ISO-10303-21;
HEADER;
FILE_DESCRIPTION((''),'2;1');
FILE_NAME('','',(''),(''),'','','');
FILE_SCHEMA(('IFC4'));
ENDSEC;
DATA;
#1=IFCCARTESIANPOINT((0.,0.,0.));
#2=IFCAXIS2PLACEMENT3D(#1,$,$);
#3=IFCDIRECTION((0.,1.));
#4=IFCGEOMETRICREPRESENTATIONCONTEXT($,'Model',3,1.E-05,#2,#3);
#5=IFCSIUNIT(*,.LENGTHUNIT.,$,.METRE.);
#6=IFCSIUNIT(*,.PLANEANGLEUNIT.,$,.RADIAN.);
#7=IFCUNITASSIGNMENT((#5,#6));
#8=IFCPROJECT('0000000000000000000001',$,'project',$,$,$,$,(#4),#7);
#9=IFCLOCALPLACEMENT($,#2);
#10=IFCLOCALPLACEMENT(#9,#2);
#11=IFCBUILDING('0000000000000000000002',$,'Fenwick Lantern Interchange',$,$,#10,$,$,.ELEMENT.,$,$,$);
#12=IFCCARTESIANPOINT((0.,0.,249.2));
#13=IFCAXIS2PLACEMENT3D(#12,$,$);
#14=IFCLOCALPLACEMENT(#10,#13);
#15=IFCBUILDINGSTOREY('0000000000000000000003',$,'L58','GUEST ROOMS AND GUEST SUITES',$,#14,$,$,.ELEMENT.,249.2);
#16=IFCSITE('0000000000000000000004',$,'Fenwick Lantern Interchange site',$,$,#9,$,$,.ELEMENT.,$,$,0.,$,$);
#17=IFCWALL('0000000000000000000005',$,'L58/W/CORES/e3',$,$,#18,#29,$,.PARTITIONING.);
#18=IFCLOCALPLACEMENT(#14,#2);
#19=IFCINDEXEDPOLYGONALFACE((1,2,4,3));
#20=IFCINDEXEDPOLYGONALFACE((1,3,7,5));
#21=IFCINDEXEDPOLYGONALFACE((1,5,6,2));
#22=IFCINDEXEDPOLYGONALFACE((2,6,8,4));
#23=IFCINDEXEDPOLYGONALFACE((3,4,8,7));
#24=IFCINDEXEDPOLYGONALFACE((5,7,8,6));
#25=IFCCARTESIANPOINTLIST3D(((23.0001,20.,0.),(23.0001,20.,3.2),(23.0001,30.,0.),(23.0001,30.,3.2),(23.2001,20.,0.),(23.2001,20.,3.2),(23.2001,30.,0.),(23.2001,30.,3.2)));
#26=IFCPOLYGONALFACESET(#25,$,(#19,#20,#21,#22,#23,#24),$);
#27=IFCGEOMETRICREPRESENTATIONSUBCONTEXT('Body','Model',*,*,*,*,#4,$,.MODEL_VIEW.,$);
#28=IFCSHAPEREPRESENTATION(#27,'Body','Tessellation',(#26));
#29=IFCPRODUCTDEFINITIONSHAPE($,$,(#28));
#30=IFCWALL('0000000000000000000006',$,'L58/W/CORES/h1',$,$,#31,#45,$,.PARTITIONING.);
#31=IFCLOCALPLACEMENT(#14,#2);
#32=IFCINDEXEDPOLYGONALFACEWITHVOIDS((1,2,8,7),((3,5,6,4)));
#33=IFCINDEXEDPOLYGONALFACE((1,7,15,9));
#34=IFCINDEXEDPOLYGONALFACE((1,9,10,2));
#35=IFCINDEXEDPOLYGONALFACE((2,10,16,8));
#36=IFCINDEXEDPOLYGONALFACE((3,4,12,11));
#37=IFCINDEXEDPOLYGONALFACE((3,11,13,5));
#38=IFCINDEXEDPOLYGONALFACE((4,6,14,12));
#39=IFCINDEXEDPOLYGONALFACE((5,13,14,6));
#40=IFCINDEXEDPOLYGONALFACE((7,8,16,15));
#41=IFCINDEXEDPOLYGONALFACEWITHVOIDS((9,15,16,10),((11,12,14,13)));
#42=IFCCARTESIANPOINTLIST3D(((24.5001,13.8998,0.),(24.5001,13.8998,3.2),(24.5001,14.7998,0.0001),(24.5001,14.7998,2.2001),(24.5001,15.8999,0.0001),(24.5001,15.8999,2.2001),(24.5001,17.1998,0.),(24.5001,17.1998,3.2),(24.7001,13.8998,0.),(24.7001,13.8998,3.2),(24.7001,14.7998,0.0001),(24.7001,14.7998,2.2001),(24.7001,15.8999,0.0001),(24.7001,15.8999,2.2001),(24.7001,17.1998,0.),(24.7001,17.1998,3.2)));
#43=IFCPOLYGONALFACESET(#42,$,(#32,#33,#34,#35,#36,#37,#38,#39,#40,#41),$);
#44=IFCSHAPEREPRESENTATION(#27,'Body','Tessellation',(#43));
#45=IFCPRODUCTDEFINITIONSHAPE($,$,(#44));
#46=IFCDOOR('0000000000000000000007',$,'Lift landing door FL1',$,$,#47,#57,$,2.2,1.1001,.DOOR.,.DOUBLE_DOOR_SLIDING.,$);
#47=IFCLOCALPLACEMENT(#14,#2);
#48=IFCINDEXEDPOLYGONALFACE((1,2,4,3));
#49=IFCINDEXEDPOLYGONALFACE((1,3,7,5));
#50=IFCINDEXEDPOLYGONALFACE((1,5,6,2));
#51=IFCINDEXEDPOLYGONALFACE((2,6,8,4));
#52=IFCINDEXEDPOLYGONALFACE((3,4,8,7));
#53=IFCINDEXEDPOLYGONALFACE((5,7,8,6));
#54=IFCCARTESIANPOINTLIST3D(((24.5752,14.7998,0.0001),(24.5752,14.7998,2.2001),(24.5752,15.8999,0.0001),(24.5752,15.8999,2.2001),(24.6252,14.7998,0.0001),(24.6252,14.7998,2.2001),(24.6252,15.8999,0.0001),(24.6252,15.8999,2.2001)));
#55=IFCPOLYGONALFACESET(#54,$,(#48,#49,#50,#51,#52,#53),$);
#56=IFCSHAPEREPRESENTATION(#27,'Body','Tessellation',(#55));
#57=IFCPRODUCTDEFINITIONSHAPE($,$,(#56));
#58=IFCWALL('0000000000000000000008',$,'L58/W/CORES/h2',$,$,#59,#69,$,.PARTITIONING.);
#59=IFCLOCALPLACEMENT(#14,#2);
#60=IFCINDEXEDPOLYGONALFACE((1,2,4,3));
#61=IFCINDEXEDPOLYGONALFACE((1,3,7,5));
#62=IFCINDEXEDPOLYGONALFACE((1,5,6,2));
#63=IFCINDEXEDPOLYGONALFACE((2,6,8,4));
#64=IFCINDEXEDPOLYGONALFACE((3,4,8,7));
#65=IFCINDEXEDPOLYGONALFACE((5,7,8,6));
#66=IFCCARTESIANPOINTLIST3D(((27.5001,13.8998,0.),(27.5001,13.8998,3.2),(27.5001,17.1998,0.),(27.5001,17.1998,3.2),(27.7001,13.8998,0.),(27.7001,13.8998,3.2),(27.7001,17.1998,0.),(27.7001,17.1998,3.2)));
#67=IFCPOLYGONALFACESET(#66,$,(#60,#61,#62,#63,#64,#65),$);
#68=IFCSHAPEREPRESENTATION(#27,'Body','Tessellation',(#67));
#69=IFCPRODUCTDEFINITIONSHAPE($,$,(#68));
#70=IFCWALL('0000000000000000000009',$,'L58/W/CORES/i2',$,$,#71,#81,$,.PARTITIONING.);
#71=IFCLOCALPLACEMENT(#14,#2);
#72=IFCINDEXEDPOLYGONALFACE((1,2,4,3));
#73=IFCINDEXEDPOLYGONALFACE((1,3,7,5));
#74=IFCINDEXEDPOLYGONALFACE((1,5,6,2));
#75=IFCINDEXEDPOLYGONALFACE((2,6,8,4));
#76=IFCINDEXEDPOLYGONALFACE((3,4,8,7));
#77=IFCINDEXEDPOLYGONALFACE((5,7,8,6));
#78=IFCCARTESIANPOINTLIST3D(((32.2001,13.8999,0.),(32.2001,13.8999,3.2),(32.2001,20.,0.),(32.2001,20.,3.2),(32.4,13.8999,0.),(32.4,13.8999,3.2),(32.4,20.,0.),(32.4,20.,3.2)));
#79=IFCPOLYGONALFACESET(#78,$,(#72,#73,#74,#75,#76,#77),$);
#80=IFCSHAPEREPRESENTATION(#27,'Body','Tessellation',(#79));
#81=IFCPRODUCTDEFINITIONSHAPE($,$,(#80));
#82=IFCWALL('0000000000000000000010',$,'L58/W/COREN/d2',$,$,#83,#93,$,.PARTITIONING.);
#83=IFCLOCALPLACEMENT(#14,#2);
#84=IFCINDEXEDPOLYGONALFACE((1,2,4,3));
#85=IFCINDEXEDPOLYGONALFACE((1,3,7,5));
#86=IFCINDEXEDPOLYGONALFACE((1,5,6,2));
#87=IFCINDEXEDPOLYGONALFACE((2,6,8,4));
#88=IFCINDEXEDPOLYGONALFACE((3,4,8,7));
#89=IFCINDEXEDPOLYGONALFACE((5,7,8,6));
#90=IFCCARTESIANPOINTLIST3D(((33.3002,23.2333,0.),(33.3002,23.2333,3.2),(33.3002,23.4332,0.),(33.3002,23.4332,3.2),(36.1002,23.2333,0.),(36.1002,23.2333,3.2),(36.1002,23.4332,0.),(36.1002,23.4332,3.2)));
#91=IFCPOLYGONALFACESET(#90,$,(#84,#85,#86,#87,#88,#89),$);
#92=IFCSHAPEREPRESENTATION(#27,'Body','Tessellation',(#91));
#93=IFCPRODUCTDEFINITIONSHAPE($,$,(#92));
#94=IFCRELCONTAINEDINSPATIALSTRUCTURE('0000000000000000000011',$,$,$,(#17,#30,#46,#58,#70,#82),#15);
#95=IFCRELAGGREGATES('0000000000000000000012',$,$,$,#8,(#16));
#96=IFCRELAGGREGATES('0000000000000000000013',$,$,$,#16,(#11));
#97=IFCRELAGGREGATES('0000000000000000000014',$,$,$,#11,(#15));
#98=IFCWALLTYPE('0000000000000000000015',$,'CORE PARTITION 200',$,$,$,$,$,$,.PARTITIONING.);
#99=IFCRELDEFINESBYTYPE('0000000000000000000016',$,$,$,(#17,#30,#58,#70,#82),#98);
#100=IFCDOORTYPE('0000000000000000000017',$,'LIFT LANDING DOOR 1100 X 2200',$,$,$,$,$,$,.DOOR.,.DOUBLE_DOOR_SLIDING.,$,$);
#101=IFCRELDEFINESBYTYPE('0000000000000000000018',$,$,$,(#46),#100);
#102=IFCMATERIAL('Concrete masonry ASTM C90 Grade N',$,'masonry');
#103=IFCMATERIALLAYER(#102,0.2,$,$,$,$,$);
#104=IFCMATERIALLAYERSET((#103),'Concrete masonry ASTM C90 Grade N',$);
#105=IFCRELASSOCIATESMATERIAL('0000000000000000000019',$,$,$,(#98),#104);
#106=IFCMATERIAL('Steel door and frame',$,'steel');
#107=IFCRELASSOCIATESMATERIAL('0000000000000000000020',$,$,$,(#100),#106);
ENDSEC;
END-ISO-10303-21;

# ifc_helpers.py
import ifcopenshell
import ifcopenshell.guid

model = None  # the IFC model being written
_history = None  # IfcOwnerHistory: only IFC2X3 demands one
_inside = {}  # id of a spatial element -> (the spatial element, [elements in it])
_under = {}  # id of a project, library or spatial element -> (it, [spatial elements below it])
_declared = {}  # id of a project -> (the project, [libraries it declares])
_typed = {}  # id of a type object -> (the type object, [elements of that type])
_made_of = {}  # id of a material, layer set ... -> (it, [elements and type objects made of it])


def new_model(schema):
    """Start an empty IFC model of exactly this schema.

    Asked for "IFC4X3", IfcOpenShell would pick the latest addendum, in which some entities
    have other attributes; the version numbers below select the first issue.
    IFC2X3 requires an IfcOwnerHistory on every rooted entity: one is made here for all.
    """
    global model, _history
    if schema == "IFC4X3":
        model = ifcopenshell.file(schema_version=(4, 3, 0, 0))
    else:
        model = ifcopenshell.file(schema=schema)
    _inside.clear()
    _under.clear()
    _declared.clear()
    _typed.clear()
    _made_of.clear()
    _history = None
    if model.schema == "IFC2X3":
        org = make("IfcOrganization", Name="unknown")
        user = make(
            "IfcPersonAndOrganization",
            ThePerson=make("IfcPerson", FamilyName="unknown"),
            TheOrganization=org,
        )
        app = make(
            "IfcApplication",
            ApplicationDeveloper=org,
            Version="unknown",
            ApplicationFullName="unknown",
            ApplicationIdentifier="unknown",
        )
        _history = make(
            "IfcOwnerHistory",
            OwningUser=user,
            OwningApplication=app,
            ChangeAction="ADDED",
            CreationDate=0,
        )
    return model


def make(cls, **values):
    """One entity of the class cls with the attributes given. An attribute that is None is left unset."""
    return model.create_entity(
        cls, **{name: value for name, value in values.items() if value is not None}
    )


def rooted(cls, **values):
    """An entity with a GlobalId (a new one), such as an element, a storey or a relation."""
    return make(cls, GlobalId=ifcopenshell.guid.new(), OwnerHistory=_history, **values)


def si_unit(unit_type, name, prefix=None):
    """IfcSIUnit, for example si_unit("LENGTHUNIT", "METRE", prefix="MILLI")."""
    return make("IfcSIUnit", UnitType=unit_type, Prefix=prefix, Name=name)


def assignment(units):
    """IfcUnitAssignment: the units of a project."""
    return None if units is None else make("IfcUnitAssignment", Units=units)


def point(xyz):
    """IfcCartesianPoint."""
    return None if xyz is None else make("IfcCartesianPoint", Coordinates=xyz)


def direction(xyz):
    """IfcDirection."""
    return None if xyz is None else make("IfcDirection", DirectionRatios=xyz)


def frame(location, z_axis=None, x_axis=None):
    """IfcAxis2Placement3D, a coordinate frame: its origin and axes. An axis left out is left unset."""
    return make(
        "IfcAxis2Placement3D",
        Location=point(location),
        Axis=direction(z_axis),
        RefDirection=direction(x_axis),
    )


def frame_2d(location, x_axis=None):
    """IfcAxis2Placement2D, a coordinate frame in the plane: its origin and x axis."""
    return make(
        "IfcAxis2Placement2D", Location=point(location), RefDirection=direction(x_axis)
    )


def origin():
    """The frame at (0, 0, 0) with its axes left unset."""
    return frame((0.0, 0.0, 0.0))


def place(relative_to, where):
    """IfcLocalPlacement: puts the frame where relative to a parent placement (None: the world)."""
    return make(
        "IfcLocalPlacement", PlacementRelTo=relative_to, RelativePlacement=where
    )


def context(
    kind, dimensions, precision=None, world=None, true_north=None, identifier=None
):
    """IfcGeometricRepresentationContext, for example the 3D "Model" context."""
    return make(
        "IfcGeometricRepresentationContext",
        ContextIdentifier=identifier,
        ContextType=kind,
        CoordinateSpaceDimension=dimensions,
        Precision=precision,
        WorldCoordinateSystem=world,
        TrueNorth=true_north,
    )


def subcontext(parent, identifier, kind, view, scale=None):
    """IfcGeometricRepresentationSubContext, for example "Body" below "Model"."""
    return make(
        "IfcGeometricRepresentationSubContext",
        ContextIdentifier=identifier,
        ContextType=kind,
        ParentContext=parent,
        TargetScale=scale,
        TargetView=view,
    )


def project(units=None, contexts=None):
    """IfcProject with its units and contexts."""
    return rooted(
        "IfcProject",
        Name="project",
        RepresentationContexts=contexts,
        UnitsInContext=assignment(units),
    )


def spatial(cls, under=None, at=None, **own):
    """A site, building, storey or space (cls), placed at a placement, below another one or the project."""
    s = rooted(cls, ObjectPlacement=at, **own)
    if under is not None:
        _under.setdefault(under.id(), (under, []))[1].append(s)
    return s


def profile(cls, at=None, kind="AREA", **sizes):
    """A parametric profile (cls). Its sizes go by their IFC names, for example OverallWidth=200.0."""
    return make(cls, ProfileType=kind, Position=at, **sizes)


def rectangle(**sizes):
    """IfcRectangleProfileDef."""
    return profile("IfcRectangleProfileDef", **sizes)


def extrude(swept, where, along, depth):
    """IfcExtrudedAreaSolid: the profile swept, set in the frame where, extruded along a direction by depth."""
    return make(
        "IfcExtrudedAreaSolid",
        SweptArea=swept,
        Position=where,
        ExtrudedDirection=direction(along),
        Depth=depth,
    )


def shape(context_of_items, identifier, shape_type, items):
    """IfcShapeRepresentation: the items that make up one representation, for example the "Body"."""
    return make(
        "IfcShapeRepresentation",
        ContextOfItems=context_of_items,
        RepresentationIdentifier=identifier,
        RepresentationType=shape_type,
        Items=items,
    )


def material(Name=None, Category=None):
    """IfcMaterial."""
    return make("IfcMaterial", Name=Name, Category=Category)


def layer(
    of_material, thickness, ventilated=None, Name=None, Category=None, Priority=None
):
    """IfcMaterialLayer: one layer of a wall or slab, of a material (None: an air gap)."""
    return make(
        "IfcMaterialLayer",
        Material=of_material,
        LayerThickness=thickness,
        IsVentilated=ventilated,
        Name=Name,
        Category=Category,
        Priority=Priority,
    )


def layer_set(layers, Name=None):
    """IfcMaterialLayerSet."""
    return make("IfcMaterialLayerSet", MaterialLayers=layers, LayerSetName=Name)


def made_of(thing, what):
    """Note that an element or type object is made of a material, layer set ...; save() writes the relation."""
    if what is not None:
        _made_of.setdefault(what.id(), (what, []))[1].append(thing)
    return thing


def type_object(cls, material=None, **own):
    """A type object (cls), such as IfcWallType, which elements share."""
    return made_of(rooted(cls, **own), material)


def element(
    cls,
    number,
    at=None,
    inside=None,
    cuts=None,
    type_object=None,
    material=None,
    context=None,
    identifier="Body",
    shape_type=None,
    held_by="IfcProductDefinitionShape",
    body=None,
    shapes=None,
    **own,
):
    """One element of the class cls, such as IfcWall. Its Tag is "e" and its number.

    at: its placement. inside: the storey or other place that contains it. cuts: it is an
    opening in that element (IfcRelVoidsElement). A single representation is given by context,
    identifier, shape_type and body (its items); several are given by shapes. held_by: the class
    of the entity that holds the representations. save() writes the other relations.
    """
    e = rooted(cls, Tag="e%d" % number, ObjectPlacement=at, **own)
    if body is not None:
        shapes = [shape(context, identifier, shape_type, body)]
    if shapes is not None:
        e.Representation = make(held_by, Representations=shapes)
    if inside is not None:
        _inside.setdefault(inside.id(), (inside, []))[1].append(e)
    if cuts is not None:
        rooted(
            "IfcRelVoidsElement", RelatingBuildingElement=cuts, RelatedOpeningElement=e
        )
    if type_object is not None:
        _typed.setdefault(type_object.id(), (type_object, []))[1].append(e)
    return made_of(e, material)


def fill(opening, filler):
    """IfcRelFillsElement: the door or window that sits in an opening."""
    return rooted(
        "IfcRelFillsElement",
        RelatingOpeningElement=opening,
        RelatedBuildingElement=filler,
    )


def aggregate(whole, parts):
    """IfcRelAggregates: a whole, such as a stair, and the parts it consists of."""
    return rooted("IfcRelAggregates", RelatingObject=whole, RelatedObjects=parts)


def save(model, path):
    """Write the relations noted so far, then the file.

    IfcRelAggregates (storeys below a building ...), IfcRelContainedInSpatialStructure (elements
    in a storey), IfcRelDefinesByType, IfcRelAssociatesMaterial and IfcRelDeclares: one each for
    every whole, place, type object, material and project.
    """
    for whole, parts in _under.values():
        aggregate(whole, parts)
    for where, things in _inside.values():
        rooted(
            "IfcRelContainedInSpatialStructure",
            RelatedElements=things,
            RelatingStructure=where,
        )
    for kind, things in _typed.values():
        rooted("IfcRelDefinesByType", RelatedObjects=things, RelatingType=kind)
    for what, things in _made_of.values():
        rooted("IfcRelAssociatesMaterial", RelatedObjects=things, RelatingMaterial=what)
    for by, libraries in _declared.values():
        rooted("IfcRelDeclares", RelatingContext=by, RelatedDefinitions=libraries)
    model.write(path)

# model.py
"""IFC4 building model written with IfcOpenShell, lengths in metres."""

from ifc_helpers import new_model, si_unit, direction, frame, frame_2d, origin, place, context, subcontext, project, spatial, rectangle, extrude, material, layer, layer_set, type_object, element, fill, save


model = new_model("IFC4")

# Units and contexts
model_context = context("Model", 3, precision=1e-05, world=origin(), true_north=direction((0.0, 1.0)))
body_context = subcontext(model_context, "Body", "Model", "MODEL_VIEW")
ifc_project = project(units=[si_unit("LENGTHUNIT", "METRE"), si_unit("PLANEANGLEUNIT", "RADIAN")], contexts=[model_context])

# Site, building, storey
site_placement = place(None, origin())
site = spatial("IfcSite", under=ifc_project, at=site_placement, Name="Fenwick Lantern Interchange site", CompositionType="ELEMENT", RefElevation=0.0)
building_placement = place(site_placement, origin())
building = spatial("IfcBuilding", under=site, at=building_placement, Name="Fenwick Lantern Interchange", CompositionType="ELEMENT")
storey_placement = place(building_placement, frame((0.0, 0.0, 249.2)))
storey = spatial("IfcBuildingStorey", under=building, at=storey_placement, Name="L58", Description="GUEST ROOMS AND GUEST SUITES", CompositionType="ELEMENT", Elevation=249.2)

# Wall
ifc_material_1 = material(Name="Concrete masonry ASTM C90 Grade N", Category="masonry")
ifc_layer_1 = layer(ifc_material_1, 0.2)
ifc_layer_set_1 = layer_set([ifc_layer_1], Name="Concrete masonry ASTM C90 Grade N")
wall_type_1 = type_object("IfcWallType", Name="CORE PARTITION 200", PredefinedType="PARTITIONING", material=ifc_layer_set_1)
wall_1_placement = place(storey_placement, frame((23.1001, 20.0, 0.0), z_axis=(0.0, 0.0, 1.0), x_axis=(0.0, 1.0, 0.0)))
element("IfcWall", 1, at=wall_1_placement, inside=storey, type_object=wall_type_1, Name="L58/W/CORES/e3", PredefinedType="PARTITIONING", context=body_context, shape_type="SweptSolid", body=[
    extrude(rectangle(XDim=10.0, YDim=0.2, at=frame_2d((5.0, 0.0))), origin(), (0.0, 0.0, 1.0), 3.2),
])

# Wall, opening, door
wall_2_placement = place(storey_placement, frame((24.6001, 13.8999, 0.0), z_axis=(0.0, 0.0, 1.0), x_axis=(0.0, 1.0, 0.0)))
wall_2 = element("IfcWall", 2, at=wall_2_placement, inside=storey, type_object=wall_type_1, Name="L58/W/CORES/h1", PredefinedType="PARTITIONING", context=body_context, shape_type="SweptSolid", body=[
    extrude(rectangle(XDim=3.3, YDim=0.2, at=frame_2d((1.6499, 0.0))), origin(), (0.0, 0.0, 1.0), 3.2),
])
opening_1_placement = place(wall_2_placement, frame((0.8999, 0.0, 0.0)))
opening_1 = element("IfcOpeningElement", 3, at=opening_1_placement, cuts=wall_2, PredefinedType="OPENING", context=body_context, shape_type="SweptSolid", body=[
    extrude(rectangle(XDim=1.1001, YDim=2.2, at=frame_2d((0.55, 1.1001))), frame((0.0, 0.1099, 0.0), z_axis=(0.0, -1.0, 0.0), x_axis=(1.0, 0.0, 0.0)), (0.0, 0.0, 1.0), 0.22),
])
ifc_material_2 = material(Name="Steel door and frame", Category="steel")
door_type_1 = type_object("IfcDoorType", Name="LIFT LANDING DOOR 1100 X 2200", OperationType="DOUBLE_DOOR_SLIDING", PredefinedType="DOOR", material=ifc_material_2)
door_1_placement = place(opening_1_placement, origin())
door_1 = element("IfcDoor", 4, at=door_1_placement, inside=storey, type_object=door_type_1, Name="Lift landing door FL1", OperationType="DOUBLE_DOOR_SLIDING", OverallHeight=2.2, OverallWidth=1.1001, PredefinedType="DOOR", context=body_context, shape_type="SweptSolid", body=[
    extrude(rectangle(XDim=1.1001, YDim=2.2, at=frame_2d((0.55, 1.1001))), frame((0.0, 0.0249, 0.0), z_axis=(0.0, -1.0, 0.0), x_axis=(1.0, 0.0, 0.0)), (0.0, 0.0, 1.0), 0.05),
])
fill(opening_1, door_1)

# Walls
wall_3_placement = place(storey_placement, frame((27.6001, 13.8999, 0.0), z_axis=(0.0, 0.0, 1.0), x_axis=(0.0, 1.0, 0.0)))
element("IfcWall", 5, at=wall_3_placement, inside=storey, type_object=wall_type_1, Name="L58/W/CORES/h2", PredefinedType="PARTITIONING", context=body_context, shape_type="SweptSolid", body=[
    extrude(rectangle(XDim=3.3, YDim=0.2, at=frame_2d((1.6499, 0.0))), origin(), (0.0, 0.0, 1.0), 3.2),
])
wall_4_placement = place(storey_placement, frame((32.3, 13.8999, 0.0), z_axis=(0.0, 0.0, 1.0), x_axis=(0.0, 1.0, 0.0)))
element("IfcWall", 6, at=wall_4_placement, inside=storey, type_object=wall_type_1, Name="L58/W/CORES/i2", PredefinedType="PARTITIONING", context=body_context, shape_type="SweptSolid", body=[
    extrude(rectangle(XDim=6.1001, YDim=0.2, at=frame_2d((3.05, 0.0))), origin(), (0.0, 0.0, 1.0), 3.2),
])
wall_5_placement = place(storey_placement, frame((36.1001, 23.3333, 0.0), z_axis=(0.0, 0.0, 1.0), x_axis=(-1.0, 0.0, 0.0)))
element("IfcWall", 7, at=wall_5_placement, inside=storey, type_object=wall_type_1, Name="L58/W/COREN/d2", PredefinedType="PARTITIONING", context=body_context, shape_type="SweptSolid", body=[
    extrude(rectangle(XDim=2.8, YDim=0.2, at=frame_2d((1.3999, 0.0))), origin(), (0.0, 0.0, 1.0), 3.2),
])

save(model, "model.ifc")
